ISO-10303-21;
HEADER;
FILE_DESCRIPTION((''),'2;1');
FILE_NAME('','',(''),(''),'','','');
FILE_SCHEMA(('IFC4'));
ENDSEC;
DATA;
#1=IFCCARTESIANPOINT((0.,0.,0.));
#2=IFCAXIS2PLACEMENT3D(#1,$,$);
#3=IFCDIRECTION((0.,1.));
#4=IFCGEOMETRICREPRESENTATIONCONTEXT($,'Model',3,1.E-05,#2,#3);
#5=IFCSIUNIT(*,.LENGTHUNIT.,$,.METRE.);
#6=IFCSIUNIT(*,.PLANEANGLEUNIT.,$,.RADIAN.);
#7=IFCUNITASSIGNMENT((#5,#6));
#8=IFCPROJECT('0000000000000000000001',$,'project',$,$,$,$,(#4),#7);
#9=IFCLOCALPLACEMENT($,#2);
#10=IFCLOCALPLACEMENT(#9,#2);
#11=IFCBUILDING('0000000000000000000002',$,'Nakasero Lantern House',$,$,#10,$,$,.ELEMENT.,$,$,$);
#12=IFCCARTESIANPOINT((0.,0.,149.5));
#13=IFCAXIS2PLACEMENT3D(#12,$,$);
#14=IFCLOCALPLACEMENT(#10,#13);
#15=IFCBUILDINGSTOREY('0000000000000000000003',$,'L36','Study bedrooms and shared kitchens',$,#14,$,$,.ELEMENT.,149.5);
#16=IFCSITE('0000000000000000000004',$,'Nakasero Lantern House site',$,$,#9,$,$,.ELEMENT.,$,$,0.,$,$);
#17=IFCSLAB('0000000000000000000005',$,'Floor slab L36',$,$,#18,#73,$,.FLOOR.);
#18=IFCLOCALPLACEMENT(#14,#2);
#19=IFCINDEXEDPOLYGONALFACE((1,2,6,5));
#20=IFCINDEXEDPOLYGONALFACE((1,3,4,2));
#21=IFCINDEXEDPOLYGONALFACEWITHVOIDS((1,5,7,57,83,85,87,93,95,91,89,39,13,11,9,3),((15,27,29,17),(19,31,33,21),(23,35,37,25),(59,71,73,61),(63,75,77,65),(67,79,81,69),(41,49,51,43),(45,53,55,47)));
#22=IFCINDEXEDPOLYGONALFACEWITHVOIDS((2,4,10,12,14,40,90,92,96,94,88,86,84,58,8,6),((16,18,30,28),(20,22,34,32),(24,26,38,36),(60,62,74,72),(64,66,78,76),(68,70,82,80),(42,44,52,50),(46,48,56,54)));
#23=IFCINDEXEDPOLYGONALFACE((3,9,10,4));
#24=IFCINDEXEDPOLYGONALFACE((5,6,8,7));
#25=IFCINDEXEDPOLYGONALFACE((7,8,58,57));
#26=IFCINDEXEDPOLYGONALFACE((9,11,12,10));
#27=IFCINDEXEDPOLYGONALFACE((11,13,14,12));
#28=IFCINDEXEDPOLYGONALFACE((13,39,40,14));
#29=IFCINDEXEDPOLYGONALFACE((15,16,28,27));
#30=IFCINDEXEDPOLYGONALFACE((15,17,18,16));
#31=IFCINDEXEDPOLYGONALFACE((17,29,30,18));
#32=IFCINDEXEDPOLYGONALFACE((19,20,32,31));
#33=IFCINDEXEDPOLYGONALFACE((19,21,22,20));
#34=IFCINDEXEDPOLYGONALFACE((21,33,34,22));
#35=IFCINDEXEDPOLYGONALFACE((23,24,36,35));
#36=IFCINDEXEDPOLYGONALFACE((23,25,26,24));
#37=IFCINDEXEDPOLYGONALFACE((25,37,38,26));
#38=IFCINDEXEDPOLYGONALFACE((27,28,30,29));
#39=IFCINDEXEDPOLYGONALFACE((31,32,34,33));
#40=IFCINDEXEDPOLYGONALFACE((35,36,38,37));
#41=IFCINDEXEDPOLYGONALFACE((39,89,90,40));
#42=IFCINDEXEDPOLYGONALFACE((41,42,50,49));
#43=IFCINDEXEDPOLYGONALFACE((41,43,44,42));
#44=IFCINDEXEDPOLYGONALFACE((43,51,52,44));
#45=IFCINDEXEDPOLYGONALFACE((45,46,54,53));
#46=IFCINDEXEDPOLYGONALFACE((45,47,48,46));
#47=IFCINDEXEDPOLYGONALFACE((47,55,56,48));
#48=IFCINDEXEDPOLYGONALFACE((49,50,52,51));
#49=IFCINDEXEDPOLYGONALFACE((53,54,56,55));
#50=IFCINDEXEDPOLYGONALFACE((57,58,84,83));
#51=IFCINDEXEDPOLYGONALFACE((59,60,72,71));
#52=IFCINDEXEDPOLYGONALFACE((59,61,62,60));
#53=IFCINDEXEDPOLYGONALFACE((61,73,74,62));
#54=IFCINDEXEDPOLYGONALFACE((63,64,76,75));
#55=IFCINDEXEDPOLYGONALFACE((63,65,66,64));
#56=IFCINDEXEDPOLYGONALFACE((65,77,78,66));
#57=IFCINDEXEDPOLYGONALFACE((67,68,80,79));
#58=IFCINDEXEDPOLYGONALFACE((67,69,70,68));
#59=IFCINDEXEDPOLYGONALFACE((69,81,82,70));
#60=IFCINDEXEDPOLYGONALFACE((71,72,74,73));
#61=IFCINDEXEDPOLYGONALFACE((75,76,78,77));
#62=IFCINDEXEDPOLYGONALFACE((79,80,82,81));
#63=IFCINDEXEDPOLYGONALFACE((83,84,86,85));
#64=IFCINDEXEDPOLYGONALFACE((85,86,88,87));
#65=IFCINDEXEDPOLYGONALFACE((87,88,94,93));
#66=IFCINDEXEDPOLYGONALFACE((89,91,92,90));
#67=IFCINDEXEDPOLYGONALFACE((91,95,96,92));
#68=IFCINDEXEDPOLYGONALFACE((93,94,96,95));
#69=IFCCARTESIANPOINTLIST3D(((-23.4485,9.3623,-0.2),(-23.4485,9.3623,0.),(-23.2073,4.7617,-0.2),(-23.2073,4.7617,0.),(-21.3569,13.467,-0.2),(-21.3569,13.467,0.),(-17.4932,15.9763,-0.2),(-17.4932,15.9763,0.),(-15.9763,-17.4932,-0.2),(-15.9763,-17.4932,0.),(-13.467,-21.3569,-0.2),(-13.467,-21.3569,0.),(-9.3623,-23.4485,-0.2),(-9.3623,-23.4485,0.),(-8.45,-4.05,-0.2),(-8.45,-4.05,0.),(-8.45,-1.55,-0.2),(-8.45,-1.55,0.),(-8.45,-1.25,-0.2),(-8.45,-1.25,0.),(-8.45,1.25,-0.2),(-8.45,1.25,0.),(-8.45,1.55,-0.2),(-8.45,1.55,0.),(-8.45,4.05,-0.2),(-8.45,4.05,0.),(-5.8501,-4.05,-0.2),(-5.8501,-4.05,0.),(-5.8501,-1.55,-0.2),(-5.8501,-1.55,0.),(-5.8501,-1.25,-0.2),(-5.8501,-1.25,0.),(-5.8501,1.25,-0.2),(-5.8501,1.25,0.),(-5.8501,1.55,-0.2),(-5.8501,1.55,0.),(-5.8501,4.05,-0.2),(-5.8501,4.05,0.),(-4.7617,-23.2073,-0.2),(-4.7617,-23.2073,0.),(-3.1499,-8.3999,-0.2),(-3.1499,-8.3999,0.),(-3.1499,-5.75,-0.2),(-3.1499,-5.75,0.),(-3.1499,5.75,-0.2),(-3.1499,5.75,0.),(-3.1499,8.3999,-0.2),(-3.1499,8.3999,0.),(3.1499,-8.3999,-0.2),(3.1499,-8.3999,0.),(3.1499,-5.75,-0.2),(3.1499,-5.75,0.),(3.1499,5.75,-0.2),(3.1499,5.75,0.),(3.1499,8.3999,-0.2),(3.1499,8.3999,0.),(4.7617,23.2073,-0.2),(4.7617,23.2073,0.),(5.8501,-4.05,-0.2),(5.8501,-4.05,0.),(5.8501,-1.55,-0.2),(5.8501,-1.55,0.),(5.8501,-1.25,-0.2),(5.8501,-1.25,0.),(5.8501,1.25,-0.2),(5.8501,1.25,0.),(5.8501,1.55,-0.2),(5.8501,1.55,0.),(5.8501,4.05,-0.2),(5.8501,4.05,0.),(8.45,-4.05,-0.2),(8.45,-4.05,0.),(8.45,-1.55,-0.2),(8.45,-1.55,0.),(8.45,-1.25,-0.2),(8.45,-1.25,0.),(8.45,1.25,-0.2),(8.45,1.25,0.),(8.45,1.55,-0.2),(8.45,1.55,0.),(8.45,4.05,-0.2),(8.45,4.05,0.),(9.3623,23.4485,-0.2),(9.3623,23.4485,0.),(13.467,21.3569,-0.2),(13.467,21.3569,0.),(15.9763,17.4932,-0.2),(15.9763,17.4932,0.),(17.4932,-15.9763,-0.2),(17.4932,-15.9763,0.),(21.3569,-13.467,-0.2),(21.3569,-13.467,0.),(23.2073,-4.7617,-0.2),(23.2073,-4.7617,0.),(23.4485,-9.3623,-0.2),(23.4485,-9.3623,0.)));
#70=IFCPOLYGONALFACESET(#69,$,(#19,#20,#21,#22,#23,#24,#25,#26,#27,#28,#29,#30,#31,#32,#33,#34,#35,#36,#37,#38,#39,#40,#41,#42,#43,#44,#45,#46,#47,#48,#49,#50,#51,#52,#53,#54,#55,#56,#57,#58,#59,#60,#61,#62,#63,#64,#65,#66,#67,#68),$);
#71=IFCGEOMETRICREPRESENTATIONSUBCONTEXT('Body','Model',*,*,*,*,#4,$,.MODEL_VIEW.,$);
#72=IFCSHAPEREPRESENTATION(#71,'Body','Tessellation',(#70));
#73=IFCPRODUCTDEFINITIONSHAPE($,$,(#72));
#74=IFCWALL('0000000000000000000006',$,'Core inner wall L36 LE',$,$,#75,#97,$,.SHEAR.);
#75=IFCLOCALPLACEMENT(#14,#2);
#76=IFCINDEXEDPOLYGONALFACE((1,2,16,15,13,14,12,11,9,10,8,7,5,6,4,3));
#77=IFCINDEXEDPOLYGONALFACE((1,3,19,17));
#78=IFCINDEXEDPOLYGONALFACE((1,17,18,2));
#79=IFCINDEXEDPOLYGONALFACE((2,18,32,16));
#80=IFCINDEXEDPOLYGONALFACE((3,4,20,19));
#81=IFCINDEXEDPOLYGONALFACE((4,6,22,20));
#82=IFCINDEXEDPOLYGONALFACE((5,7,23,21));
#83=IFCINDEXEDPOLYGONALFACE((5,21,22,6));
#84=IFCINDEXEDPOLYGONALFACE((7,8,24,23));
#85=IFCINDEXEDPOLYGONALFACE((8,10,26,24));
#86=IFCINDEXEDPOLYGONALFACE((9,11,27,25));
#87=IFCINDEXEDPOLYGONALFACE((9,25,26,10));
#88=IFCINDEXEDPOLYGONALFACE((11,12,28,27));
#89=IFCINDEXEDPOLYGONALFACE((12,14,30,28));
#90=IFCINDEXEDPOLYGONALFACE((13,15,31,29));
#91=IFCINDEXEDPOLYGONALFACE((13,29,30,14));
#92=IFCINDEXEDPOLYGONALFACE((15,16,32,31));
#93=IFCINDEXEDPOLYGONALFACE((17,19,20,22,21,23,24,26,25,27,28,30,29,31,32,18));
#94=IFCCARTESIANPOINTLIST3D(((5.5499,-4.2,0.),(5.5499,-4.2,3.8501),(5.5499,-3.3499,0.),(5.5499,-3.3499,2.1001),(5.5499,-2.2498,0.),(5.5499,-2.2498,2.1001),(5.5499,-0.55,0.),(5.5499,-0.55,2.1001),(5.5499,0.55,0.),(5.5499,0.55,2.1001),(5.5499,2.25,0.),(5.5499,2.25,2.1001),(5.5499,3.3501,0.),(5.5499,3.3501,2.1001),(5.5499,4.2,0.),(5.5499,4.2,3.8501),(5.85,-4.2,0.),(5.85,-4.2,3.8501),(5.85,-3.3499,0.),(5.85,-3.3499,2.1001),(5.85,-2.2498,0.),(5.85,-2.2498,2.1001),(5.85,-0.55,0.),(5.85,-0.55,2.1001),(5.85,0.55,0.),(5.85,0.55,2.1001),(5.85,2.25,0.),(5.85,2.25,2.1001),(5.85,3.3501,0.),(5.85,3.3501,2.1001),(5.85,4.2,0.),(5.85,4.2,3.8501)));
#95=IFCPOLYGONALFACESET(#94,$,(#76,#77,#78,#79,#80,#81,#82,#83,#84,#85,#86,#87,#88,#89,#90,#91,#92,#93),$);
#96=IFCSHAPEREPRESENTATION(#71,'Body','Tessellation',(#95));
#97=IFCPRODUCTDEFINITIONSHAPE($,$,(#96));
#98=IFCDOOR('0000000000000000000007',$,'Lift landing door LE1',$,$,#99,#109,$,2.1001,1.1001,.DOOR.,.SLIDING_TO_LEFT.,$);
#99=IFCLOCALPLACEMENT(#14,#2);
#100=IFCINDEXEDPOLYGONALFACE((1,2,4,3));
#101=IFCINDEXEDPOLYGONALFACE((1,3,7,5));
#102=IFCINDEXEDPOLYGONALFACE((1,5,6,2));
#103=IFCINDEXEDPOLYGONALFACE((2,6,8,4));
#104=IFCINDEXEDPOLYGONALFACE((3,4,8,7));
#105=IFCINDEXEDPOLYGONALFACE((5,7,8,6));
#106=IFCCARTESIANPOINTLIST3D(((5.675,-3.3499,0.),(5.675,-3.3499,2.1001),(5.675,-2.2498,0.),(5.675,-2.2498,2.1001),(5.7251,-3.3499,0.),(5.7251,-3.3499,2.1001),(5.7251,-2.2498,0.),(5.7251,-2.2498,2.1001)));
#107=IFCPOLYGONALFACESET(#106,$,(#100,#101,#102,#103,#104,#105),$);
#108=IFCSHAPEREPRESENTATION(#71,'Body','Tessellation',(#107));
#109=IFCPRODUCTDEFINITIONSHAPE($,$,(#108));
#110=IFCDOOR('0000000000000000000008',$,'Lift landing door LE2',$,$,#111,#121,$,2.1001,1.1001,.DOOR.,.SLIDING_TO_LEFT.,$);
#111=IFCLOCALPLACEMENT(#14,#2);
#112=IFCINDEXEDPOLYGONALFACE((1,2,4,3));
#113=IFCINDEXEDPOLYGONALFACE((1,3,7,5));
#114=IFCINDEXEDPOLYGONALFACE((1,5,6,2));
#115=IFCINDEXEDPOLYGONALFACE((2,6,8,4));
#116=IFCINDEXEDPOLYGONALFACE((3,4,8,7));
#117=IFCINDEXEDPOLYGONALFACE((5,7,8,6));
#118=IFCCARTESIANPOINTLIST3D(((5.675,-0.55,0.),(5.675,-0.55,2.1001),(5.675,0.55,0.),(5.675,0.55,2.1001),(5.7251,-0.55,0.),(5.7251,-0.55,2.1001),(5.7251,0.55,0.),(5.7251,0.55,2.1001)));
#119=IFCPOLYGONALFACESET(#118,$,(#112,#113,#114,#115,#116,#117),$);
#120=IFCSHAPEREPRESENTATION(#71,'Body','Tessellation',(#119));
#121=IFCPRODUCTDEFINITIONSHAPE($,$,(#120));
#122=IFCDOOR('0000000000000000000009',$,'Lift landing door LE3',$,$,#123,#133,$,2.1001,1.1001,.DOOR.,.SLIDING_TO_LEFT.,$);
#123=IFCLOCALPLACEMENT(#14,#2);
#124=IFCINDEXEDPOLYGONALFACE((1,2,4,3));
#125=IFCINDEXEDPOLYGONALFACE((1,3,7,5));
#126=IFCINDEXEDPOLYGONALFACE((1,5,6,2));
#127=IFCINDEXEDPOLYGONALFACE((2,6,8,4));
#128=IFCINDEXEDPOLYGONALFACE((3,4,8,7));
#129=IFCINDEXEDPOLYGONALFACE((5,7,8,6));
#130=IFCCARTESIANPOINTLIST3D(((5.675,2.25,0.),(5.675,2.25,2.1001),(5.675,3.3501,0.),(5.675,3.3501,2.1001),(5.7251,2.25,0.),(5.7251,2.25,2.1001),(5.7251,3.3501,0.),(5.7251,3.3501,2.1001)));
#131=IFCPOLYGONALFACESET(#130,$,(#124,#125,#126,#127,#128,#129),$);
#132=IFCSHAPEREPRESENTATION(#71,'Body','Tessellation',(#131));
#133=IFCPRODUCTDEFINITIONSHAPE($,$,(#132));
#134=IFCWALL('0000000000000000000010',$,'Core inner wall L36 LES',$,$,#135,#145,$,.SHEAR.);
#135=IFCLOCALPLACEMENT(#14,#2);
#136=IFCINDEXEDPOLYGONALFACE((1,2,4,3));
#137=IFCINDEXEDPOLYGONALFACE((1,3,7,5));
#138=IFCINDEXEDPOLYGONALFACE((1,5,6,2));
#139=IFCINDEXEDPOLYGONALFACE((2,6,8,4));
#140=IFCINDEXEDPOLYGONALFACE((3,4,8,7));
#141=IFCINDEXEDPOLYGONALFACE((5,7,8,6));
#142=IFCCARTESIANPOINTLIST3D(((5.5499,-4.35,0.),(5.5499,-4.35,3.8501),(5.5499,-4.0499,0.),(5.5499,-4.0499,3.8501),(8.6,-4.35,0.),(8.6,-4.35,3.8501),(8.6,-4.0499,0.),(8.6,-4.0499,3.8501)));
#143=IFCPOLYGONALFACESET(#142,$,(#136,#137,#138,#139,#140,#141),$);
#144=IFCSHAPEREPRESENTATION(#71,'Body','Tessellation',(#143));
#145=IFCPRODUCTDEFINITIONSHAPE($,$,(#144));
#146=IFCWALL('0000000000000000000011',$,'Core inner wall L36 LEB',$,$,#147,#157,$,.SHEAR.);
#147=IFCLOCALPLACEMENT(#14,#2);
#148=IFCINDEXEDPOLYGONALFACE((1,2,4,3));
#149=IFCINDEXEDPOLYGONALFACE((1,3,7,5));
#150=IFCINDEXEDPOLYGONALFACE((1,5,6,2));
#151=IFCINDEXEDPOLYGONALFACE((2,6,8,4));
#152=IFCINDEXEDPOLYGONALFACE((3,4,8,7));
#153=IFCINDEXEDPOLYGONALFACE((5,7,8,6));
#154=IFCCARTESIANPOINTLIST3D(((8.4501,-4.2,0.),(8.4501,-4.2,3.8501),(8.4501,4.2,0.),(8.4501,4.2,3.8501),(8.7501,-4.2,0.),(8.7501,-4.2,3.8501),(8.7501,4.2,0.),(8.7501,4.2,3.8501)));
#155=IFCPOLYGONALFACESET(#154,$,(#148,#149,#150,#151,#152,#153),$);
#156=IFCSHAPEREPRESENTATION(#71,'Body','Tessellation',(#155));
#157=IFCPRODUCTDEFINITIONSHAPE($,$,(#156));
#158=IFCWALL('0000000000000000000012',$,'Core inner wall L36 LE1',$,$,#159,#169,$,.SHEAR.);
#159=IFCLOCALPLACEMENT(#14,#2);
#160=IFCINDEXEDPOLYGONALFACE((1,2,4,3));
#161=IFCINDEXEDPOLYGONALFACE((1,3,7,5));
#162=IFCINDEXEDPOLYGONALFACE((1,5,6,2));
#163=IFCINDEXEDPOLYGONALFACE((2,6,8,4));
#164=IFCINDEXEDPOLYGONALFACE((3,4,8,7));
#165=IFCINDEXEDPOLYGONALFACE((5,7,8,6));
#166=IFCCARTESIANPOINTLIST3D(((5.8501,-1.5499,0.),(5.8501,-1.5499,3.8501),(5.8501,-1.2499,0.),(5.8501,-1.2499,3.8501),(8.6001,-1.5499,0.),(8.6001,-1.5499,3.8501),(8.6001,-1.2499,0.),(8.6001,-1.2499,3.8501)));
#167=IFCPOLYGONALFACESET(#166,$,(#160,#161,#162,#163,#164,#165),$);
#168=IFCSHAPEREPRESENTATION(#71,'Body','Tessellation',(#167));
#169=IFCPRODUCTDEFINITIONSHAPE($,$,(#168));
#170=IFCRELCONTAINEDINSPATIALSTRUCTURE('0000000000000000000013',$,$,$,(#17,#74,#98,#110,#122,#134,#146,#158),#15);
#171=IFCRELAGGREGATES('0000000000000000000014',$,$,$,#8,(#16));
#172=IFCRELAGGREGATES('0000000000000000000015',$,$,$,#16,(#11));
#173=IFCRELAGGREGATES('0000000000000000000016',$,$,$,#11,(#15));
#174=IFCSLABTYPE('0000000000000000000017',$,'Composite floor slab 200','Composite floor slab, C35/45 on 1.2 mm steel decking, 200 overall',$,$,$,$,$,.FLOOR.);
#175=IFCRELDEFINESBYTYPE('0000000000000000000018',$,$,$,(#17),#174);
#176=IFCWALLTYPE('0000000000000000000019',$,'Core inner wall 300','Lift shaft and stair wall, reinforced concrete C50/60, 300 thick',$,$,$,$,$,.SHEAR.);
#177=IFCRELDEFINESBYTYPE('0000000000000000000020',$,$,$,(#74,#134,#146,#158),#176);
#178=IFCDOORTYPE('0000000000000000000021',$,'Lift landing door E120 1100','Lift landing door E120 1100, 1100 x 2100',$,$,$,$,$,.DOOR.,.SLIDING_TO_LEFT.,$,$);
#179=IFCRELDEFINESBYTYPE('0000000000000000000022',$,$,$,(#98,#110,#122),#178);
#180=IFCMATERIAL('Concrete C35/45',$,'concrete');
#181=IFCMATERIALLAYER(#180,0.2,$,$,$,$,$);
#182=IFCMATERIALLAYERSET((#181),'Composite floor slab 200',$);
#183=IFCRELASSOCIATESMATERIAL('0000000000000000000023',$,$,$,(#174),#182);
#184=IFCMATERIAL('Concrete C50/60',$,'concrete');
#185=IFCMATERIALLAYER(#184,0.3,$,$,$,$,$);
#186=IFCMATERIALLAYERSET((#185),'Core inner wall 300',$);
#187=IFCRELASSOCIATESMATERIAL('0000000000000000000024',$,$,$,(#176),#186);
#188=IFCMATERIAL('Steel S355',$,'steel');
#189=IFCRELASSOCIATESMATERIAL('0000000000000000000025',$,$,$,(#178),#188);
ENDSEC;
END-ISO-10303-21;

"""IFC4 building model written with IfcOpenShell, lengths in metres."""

from ifc_helpers import new_model, si_unit, direction, frame, frame_2d, origin, place, context, subcontext, project, spatial, polyline, rectangle, outline, extrude, material, layer, layer_set, type_object, element, fill, save


model = new_model("IFC4")

# Units and contexts
model_context = context("Model", 3, precision=1e-05, world=origin(), true_north=direction((0.0, 1.0)))
body_context = subcontext(model_context, "Body", "Model", "MODEL_VIEW")
ifc_project = project(units=[si_unit("LENGTHUNIT", "METRE"), si_unit("PLANEANGLEUNIT", "RADIAN")], contexts=[model_context])

# Site, building, storey
site_placement = place(None, origin())
site = spatial("IfcSite", under=ifc_project, at=site_placement, Name="Nakasero Lantern House site", CompositionType="ELEMENT", RefElevation=0.0)
building_placement = place(site_placement, origin())
building = spatial("IfcBuilding", under=site, at=building_placement, Name="Nakasero Lantern House", CompositionType="ELEMENT")
storey_placement = place(building_placement, frame((0.0, 0.0, 149.5)))
storey = spatial("IfcBuildingStorey", under=building, at=storey_placement, Name="L36", Description="Study bedrooms and shared kitchens", CompositionType="ELEMENT", Elevation=149.5)

# Slab
ifc_material_1 = material(Name="Concrete C35/45", Category="concrete")
ifc_layer_1 = layer(ifc_material_1, 0.2)
ifc_layer_set_1 = layer_set([ifc_layer_1], Name="Composite floor slab 200")
slab_type_1 = type_object("IfcSlabType", Name="Composite floor slab 200", Description="Composite floor slab, C35/45 on 1.2 mm steel decking, 200 overall", PredefinedType="FLOOR", material=ifc_layer_set_1)
slab_1_placement = place(storey_placement, frame((0.0, 0.0, -0.2)))
element("IfcSlab", 1, at=slab_1_placement, inside=storey, type_object=slab_type_1, Name="Floor slab L36", PredefinedType="FLOOR", context=body_context, shape_type="SweptSolid", body=[
    extrude(outline(polyline([(15.9763, 17.4932), (13.467, 21.3569), (9.3623, 23.4485), (4.7617, 23.2073), (-17.4932, 15.9763), (-21.3569, 13.467), (-23.4485, 9.3623), (-23.2073, 4.7617), (-15.9763, -17.4932), (-13.467, -21.3569), (-9.3623, -23.4485), (-4.7617, -23.2073), (17.4932, -15.9763), (21.3569, -13.467), (23.4485, -9.3623), (23.2073, -4.7617), (15.9763, 17.4932)]), holes=[polyline([(-8.45, -4.05), (-5.8501, -4.05), (-5.8501, -1.55), (-8.45, -1.55), (-8.45, -4.05)]), polyline([(-8.45, -1.25), (-5.8501, -1.25), (-5.8501, 1.25), (-8.45, 1.25), (-8.45, -1.25)]), polyline([(-8.45, 1.55), (-5.8501, 1.55), (-5.8501, 4.05), (-8.45, 4.05), (-8.45, 1.55)]), polyline([(5.8501, -4.05), (8.45, -4.05), (8.45, -1.55), (5.8501, -1.55), (5.8501, -4.05)]), polyline([(5.8501, -1.25), (8.45, -1.25), (8.45, 1.25), (5.8501, 1.25), (5.8501, -1.25)]), polyline([(5.8501, 1.55), (8.45, 1.55), (8.45, 4.05), (5.8501, 4.05), (5.8501, 1.55)]), polyline([(-3.1499, 5.75), (3.1499, 5.75), (3.1499, 8.3999), (-3.1499, 8.3999), (-3.1499, 5.75)]), polyline([(-3.1499, -8.3999), (3.1499, -8.3999), (3.1499, -5.75), (-3.1499, -5.75), (-3.1499, -8.3999)])]), origin(), (0.0, 0.0, 1.0), 0.2),
])

# Wall, openings, doors
ifc_material_2 = material(Name="Concrete C50/60", Category="concrete")
ifc_layer_2 = layer(ifc_material_2, 0.3)
ifc_layer_set_2 = layer_set([ifc_layer_2], Name="Core inner wall 300")
wall_type_1 = type_object("IfcWallType", Name="Core inner wall 300", Description="Lift shaft and stair wall, reinforced concrete C50/60, 300 thick", PredefinedType="SHEAR", material=ifc_layer_set_2)
wall_1_placement = place(storey_placement, frame((5.7, -4.2, 0.0), z_axis=(0.0, 0.0, 1.0), x_axis=(0.0, 1.0, 0.0)))
wall_1 = element("IfcWall", 2, at=wall_1_placement, inside=storey, type_object=wall_type_1, Name="Core inner wall L36 LE", PredefinedType="SHEAR", context=body_context, shape_type="SweptSolid", body=[
    extrude(rectangle(XDim=8.3999, YDim=0.3, at=frame_2d((4.2, 0.0))), origin(), (0.0, 0.0, 1.0), 3.8501),
])
opening_1_placement = place(wall_1_placement, frame((0.8501, 0.0, 0.0)))
opening_1 = element("IfcOpeningElement", 3, at=opening_1_placement, cuts=wall_1, PredefinedType="OPENING", context=body_context, shape_type="SweptSolid", body=[
    extrude(rectangle(XDim=1.1001, YDim=2.1001, at=frame_2d((0.55, 1.05))), frame((0.0, 0.1699, 0.0), z_axis=(0.0, -1.0, 0.0), x_axis=(1.0, 0.0, 0.0)), (0.0, 0.0, 1.0), 0.3401),
])
opening_2_placement = place(wall_1_placement, frame((3.6499, 0.0, 0.0)))
opening_2 = element("IfcOpeningElement", 4, at=opening_2_placement, cuts=wall_1, PredefinedType="OPENING", context=body_context, shape_type="SweptSolid", body=[
    extrude(rectangle(XDim=1.1001, YDim=2.1001, at=frame_2d((0.55, 1.05))), frame((0.0, 0.1699, 0.0), z_axis=(0.0, -1.0, 0.0), x_axis=(1.0, 0.0, 0.0)), (0.0, 0.0, 1.0), 0.3401),
])
opening_3_placement = place(wall_1_placement, frame((6.45, 0.0, 0.0)))
opening_3 = element("IfcOpeningElement", 5, at=opening_3_placement, cuts=wall_1, PredefinedType="OPENING", context=body_context, shape_type="SweptSolid", body=[
    extrude(rectangle(XDim=1.1001, YDim=2.1001, at=frame_2d((0.55, 1.05))), frame((0.0, 0.1699, 0.0), z_axis=(0.0, -1.0, 0.0), x_axis=(1.0, 0.0, 0.0)), (0.0, 0.0, 1.0), 0.3401),
])
ifc_material_3 = material(Name="Steel S355", Category="steel")
door_type_1 = type_object("IfcDoorType", Name="Lift landing door E120 1100", Description="Lift landing door E120 1100, 1100 x 2100", OperationType="SLIDING_TO_LEFT", PredefinedType="DOOR", material=ifc_material_3)
door_1_placement = place(opening_1_placement, origin())
door_1 = element("IfcDoor", 6, at=door_1_placement, inside=storey, type_object=door_type_1, Name="Lift landing door LE1", OperationType="SLIDING_TO_LEFT", OverallHeight=2.1001, OverallWidth=1.1001, PredefinedType="DOOR", context=body_context, shape_type="SweptSolid", body=[
    extrude(rectangle(XDim=1.1001, YDim=2.1001, at=frame_2d((0.55, 1.05))), frame((0.0, 0.0249, 0.0), z_axis=(0.0, -1.0, 0.0), x_axis=(1.0, 0.0, 0.0)), (0.0, 0.0, 1.0), 0.05),
])
fill(opening_1, door_1)
door_2_placement = place(opening_2_placement, origin())
door_2 = element("IfcDoor", 7, at=door_2_placement, inside=storey, type_object=door_type_1, Name="Lift landing door LE2", OperationType="SLIDING_TO_LEFT", OverallHeight=2.1001, OverallWidth=1.1001, PredefinedType="DOOR", context=body_context, shape_type="SweptSolid", body=[
    extrude(rectangle(XDim=1.1001, YDim=2.1001, at=frame_2d((0.55, 1.05))), frame((0.0, 0.0249, 0.0), z_axis=(0.0, -1.0, 0.0), x_axis=(1.0, 0.0, 0.0)), (0.0, 0.0, 1.0), 0.05),
])
fill(opening_2, door_2)
door_3_placement = place(opening_3_placement, origin())
door_3 = element("IfcDoor", 8, at=door_3_placement, inside=storey, type_object=door_type_1, Name="Lift landing door LE3", OperationType="SLIDING_TO_LEFT", OverallHeight=2.1001, OverallWidth=1.1001, PredefinedType="DOOR", context=body_context, shape_type="SweptSolid", body=[
    extrude(rectangle(XDim=1.1001, YDim=2.1001, at=frame_2d((0.55, 1.05))), frame((0.0, 0.0249, 0.0), z_axis=(0.0, -1.0, 0.0), x_axis=(1.0, 0.0, 0.0)), (0.0, 0.0, 1.0), 0.05),
])
fill(opening_3, door_3)

# Walls
wall_2_placement = place(storey_placement, frame((5.55, -4.2, 0.0), z_axis=(0.0, 0.0, 1.0), x_axis=(1.0, 0.0, 0.0)))
element("IfcWall", 9, at=wall_2_placement, inside=storey, type_object=wall_type_1, Name="Core inner wall L36 LES", PredefinedType="SHEAR", context=body_context, shape_type="SweptSolid", body=[
    extrude(rectangle(XDim=3.05, YDim=0.3, at=frame_2d((1.5249, 0.0))), origin(), (0.0, 0.0, 1.0), 3.8501),
])
wall_3_placement = place(storey_placement, frame((8.6001, -4.2, 0.0), z_axis=(0.0, 0.0, 1.0), x_axis=(0.0, 1.0, 0.0)))
element("IfcWall", 10, at=wall_3_placement, inside=storey, type_object=wall_type_1, Name="Core inner wall L36 LEB", PredefinedType="SHEAR", context=body_context, shape_type="SweptSolid", body=[
    extrude(rectangle(XDim=8.3999, YDim=0.3, at=frame_2d((4.2, 0.0))), origin(), (0.0, 0.0, 1.0), 3.8501),
])
wall_4_placement = place(storey_placement, frame((5.8501, -1.3999, 0.0), z_axis=(0.0, 0.0, 1.0), x_axis=(1.0, 0.0, 0.0)))
element("IfcWall", 11, at=wall_4_placement, inside=storey, type_object=wall_type_1, Name="Core inner wall L36 LE1", PredefinedType="SHEAR", context=body_context, shape_type="SweptSolid", body=[
    extrude(rectangle(XDim=2.75, YDim=0.3, at=frame_2d((1.375, 0.0))), origin(), (0.0, 0.0, 1.0), 3.8501),
])

save(model, "model.ifc")
